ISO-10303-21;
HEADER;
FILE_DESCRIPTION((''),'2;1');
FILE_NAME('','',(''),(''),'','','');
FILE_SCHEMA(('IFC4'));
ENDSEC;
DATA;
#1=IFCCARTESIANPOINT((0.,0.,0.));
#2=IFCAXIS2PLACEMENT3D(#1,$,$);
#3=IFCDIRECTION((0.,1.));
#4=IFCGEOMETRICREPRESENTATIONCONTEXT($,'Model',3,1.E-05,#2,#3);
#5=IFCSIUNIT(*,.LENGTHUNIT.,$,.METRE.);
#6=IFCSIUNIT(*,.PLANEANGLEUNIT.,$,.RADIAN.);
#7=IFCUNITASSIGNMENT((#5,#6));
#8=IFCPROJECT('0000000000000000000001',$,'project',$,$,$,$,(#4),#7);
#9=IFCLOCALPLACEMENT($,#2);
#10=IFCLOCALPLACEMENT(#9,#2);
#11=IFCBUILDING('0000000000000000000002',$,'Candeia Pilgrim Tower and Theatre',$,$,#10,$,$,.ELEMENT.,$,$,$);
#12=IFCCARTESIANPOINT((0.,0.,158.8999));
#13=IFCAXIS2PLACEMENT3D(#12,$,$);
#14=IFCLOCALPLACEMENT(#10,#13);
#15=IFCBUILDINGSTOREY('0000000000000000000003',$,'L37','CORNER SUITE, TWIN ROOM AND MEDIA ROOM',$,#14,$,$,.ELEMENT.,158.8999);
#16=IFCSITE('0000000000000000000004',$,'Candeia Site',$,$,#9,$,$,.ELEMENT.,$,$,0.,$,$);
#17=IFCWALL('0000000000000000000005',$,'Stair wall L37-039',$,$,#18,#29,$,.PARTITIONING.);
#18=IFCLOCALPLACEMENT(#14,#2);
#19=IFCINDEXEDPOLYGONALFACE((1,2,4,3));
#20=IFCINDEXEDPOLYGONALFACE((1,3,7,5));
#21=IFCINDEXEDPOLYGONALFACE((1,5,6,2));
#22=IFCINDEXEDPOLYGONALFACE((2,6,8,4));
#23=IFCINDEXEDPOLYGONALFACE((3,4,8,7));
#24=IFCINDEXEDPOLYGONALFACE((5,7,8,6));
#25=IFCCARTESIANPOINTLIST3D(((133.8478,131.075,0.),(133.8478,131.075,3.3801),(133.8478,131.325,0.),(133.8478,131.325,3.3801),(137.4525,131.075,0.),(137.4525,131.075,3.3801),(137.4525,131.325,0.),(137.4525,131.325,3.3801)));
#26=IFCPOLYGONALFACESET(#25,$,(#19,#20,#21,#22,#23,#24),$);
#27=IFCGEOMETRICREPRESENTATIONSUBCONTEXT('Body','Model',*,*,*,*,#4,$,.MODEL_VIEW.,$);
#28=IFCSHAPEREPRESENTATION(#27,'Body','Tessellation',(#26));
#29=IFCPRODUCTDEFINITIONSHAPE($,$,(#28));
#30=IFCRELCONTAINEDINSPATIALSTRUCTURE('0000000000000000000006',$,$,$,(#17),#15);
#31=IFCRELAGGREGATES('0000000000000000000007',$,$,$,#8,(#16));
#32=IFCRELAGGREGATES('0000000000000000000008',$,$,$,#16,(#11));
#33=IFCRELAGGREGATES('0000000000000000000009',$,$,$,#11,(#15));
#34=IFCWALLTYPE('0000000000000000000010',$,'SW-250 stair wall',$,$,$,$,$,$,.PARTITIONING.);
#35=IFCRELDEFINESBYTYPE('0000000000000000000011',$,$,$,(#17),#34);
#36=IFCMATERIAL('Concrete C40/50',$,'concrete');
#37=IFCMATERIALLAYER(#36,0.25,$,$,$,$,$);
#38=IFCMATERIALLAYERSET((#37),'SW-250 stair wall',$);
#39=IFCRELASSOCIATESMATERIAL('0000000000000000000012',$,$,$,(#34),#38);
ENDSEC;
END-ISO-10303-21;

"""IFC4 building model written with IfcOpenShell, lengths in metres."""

from ifc_helpers import new_model, si_unit, direction, frame, frame_2d, origin, place, context, subcontext, project, spatial, rectangle, extrude, material, layer, layer_set, type_object, element, save


model = new_model("IFC4")

# Units and contexts
model_context = context("Model", 3, precision=1e-05, world=origin(), true_north=direction((0.0, 1.0)))
body_context = subcontext(model_context, "Body", "Model", "MODEL_VIEW")
ifc_project = project(units=[si_unit("LENGTHUNIT", "METRE"), si_unit("PLANEANGLEUNIT", "RADIAN")], contexts=[model_context])

# Site, building, storey
site_placement = place(None, origin())
site = spatial("IfcSite", under=ifc_project, at=site_placement, Name="Candeia Site", CompositionType="ELEMENT", RefElevation=0.0)
building_placement = place(site_placement, origin())
building = spatial("IfcBuilding", under=site, at=building_placement, Name="Candeia Pilgrim Tower and Theatre", CompositionType="ELEMENT")
storey_placement = place(building_placement, frame((0.0, 0.0, 158.8999)))
storey = spatial("IfcBuildingStorey", under=building, at=storey_placement, Name="L37", Description="CORNER SUITE, TWIN ROOM AND MEDIA ROOM", CompositionType="ELEMENT", Elevation=158.8999)

# Shared definitions
ifc_material_1 = material(Name="Concrete C40/50", Category="concrete")

# Wall
ifc_layer_1 = layer(ifc_material_1, 0.25)
ifc_layer_set_1 = layer_set([ifc_layer_1], Name="SW-250 stair wall")
wall_type_1 = type_object("IfcWallType", Name="SW-250 stair wall", PredefinedType="PARTITIONING", material=ifc_layer_set_1)
wall_1_placement = place(storey_placement, frame((133.8479, 131.2, 0.0), z_axis=(0.0, 0.0, 1.0), x_axis=(1.0, 0.0, 0.0)))
element("IfcWall", 1, at=wall_1_placement, inside=storey, type_object=wall_type_1, Name="Stair wall L37-039", PredefinedType="PARTITIONING", context=body_context, shape_type="SweptSolid", body=[
    extrude(rectangle(XDim=3.6047, YDim=0.25, at=frame_2d((1.8022, 0.0))), origin(), (0.0, 0.0, 1.0), 3.3801),
])

save(model, "model.ifc")
